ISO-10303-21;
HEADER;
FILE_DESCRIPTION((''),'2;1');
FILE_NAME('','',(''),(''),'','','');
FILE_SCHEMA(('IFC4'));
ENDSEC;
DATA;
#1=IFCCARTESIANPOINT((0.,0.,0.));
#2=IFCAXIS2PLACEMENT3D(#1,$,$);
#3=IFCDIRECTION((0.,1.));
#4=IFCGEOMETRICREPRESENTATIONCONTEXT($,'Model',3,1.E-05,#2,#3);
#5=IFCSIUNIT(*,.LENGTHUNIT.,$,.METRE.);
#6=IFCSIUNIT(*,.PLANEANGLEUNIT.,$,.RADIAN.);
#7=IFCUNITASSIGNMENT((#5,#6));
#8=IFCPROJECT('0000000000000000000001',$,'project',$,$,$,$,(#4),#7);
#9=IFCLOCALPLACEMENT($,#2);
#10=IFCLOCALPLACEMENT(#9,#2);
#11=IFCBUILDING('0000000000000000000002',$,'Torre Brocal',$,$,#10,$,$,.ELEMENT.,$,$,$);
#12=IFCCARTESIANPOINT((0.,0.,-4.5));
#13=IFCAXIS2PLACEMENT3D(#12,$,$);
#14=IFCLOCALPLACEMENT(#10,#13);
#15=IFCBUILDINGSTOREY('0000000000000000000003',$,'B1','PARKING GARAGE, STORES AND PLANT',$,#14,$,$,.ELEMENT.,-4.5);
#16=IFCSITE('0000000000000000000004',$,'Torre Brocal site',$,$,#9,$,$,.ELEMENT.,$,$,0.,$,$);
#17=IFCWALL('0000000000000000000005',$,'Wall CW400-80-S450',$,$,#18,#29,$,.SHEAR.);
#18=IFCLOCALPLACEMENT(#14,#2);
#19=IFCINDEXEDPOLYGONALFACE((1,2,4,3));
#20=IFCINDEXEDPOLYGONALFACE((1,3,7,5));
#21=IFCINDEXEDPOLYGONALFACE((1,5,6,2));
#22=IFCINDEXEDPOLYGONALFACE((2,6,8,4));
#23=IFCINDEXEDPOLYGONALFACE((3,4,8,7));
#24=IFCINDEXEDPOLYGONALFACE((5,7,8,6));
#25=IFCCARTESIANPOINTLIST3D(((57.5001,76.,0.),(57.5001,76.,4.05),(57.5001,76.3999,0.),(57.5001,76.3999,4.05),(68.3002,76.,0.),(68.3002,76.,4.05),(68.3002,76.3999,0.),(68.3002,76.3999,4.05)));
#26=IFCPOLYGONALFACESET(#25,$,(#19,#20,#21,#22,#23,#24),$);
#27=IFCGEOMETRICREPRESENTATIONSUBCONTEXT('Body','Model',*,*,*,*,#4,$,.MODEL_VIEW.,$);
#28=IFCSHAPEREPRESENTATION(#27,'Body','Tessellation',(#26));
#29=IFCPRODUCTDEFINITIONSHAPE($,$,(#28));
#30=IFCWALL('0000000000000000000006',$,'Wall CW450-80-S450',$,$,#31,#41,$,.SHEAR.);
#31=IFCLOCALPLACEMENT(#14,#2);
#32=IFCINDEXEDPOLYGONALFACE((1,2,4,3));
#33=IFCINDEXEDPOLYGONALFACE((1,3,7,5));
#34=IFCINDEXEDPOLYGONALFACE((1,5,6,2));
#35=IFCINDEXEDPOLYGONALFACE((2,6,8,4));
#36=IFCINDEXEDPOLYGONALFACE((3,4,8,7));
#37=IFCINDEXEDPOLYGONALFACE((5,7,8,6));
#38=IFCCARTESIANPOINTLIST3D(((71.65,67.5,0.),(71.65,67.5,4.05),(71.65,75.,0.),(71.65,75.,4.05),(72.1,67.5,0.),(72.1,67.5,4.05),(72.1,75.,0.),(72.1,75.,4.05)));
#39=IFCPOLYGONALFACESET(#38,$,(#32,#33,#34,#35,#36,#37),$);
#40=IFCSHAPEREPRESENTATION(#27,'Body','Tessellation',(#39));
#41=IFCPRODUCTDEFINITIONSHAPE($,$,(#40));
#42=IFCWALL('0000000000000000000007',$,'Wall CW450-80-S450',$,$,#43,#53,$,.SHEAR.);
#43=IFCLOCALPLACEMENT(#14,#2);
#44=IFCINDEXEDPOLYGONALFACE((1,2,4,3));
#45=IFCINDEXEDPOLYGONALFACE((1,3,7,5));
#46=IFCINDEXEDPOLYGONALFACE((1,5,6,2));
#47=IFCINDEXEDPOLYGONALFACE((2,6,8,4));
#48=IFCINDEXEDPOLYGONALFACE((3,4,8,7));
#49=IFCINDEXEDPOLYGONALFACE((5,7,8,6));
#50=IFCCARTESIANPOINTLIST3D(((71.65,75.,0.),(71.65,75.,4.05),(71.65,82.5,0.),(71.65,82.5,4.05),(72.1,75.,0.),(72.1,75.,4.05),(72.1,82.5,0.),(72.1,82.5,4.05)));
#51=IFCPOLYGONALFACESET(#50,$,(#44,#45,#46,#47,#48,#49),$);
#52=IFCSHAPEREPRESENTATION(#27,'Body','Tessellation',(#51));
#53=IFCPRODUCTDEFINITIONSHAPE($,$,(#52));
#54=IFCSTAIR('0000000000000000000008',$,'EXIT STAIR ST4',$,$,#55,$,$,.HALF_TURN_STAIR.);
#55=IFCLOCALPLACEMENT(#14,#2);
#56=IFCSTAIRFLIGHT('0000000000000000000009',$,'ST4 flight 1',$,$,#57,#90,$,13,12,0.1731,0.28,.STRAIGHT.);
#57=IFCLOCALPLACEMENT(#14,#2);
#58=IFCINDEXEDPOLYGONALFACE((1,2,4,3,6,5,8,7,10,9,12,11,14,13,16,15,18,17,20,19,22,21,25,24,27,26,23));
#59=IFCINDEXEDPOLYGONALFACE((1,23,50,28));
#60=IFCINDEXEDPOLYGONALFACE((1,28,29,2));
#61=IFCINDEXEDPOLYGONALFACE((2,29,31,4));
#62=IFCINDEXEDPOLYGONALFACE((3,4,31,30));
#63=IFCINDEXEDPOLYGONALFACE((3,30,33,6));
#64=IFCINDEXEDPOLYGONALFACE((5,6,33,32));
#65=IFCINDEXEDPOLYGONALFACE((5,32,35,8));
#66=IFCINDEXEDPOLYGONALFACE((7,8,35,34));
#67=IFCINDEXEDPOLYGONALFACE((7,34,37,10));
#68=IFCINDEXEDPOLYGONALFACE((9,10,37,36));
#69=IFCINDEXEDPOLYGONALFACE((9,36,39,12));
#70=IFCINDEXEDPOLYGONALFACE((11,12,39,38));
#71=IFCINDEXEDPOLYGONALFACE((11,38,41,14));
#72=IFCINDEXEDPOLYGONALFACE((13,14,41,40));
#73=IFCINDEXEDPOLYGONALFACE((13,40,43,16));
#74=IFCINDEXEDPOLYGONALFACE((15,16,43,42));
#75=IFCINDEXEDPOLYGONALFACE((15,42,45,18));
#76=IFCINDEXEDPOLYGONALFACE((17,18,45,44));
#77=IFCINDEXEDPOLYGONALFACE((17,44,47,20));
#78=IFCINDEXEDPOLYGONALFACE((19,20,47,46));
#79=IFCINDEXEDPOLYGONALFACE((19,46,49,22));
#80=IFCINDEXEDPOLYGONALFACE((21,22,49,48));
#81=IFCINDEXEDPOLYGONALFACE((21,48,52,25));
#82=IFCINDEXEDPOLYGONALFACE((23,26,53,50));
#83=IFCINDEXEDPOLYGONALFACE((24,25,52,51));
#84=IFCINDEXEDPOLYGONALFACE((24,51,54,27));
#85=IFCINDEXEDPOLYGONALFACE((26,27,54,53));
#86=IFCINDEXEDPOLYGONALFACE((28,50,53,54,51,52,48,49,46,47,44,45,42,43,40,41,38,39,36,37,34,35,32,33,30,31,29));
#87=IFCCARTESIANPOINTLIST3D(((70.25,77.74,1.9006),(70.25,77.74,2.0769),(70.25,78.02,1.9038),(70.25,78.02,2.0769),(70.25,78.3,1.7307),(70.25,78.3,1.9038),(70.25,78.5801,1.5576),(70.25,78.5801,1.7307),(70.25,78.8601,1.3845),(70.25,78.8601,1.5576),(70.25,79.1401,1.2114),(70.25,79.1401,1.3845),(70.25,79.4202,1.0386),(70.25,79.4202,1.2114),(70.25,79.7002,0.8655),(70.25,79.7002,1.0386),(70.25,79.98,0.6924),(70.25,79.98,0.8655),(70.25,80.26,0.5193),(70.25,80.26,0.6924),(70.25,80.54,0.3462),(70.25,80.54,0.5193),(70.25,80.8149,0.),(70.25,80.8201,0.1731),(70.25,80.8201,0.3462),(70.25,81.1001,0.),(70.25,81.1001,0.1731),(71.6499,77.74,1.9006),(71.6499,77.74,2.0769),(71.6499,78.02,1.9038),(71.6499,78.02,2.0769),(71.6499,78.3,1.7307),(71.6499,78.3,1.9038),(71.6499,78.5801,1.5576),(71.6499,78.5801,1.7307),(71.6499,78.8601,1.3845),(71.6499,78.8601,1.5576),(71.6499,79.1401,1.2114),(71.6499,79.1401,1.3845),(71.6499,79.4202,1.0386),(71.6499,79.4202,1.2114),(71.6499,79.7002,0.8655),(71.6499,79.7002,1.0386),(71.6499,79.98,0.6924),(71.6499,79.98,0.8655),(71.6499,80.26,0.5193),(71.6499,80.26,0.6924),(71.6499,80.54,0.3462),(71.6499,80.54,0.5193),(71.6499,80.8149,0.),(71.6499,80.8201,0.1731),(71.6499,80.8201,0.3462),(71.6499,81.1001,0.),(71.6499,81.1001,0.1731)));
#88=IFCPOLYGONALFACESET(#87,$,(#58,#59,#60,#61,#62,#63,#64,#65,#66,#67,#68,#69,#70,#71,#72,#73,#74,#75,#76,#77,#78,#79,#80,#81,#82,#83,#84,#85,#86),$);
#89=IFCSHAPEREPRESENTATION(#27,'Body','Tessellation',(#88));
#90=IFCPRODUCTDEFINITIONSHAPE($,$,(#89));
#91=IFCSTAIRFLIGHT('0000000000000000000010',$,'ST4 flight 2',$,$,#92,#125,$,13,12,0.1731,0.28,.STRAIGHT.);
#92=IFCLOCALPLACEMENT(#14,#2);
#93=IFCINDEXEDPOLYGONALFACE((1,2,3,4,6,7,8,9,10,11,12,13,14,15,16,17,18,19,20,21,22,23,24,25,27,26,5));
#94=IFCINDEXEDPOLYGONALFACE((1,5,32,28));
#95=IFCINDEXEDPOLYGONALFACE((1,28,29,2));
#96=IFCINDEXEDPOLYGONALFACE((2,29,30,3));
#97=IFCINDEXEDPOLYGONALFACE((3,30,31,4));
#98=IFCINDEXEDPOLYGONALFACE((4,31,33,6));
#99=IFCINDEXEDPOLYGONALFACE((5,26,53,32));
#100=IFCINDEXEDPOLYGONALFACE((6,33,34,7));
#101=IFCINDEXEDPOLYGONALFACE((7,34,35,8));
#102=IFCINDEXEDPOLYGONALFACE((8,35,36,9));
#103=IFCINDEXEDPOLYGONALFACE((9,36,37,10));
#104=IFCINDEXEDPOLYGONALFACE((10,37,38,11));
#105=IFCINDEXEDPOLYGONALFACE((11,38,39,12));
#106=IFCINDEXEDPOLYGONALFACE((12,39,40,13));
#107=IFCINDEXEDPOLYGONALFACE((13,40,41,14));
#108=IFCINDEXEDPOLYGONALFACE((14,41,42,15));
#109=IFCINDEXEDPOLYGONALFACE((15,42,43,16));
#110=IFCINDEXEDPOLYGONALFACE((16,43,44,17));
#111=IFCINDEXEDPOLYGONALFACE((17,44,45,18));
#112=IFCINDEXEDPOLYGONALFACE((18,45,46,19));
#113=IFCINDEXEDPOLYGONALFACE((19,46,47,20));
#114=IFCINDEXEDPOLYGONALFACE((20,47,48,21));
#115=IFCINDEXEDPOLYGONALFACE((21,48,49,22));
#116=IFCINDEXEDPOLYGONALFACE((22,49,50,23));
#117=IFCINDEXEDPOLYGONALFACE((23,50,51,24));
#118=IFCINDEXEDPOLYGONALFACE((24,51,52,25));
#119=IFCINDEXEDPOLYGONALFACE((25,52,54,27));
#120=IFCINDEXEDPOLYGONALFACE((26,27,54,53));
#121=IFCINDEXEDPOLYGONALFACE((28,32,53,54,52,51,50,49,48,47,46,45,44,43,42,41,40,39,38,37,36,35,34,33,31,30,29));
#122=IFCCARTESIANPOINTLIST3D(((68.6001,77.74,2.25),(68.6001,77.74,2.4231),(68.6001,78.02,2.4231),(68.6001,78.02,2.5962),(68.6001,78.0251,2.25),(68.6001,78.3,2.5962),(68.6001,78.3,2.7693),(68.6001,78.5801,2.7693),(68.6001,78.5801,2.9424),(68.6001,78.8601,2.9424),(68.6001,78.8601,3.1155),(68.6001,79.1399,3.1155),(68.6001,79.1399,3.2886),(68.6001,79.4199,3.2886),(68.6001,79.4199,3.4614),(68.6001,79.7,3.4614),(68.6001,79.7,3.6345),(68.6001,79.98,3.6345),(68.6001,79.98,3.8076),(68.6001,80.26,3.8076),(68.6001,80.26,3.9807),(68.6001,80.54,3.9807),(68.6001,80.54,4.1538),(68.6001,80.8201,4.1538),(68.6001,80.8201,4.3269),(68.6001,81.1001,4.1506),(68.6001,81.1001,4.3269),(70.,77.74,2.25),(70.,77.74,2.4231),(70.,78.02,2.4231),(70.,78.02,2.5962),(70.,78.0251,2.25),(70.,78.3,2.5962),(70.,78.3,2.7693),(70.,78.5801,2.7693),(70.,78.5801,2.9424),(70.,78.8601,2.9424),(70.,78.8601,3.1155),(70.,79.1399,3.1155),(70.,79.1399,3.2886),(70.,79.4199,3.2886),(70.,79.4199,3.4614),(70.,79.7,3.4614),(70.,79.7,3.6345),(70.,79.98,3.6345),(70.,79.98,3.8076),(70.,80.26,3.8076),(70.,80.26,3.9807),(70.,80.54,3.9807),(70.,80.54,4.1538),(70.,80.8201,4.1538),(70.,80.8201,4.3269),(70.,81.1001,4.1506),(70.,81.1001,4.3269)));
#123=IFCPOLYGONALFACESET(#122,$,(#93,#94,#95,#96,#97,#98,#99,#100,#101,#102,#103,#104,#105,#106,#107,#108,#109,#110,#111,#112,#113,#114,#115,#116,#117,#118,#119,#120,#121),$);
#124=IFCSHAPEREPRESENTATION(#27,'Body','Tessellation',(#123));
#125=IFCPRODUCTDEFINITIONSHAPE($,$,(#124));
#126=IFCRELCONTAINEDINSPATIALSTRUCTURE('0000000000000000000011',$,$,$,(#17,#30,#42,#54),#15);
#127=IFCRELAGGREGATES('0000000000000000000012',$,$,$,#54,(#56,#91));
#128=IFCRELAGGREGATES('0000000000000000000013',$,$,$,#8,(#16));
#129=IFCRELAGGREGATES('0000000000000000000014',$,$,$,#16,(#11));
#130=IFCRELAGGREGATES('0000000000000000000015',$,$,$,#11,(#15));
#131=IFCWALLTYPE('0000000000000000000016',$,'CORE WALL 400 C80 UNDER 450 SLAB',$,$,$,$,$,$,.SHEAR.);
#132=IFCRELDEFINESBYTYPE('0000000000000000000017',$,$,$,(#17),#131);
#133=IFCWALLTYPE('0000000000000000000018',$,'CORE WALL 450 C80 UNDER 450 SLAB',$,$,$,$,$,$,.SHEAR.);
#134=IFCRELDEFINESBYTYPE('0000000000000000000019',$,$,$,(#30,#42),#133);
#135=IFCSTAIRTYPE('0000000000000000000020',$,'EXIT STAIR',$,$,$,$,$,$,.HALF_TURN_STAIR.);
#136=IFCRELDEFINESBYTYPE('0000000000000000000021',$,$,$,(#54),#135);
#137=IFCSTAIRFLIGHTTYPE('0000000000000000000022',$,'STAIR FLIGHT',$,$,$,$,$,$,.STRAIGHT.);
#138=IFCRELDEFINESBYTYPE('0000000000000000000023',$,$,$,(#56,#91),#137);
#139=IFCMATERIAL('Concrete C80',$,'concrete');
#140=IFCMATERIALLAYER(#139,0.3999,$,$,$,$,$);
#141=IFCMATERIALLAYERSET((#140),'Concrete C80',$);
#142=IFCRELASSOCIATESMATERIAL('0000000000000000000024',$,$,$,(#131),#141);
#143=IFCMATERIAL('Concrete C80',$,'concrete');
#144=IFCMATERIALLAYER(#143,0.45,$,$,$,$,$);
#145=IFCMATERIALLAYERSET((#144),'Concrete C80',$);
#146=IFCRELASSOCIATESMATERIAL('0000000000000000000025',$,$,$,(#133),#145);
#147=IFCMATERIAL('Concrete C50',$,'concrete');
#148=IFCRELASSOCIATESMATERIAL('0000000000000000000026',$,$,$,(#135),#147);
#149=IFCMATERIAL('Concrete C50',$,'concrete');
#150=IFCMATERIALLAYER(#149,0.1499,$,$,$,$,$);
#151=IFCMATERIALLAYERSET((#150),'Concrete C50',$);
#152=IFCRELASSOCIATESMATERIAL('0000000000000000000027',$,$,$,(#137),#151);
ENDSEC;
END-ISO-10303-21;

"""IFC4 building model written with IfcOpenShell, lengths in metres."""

from ifc_helpers import new_model, si_unit, direction, frame, frame_2d, origin, place, context, subcontext, project, spatial, polyline, rectangle, outline, extrude, material, layer, layer_set, type_object, element, aggregate, save


model = new_model("IFC4")

# Units and contexts
model_context = context("Model", 3, precision=1e-05, world=origin(), true_north=direction((0.0, 1.0)))
body_context = subcontext(model_context, "Body", "Model", "MODEL_VIEW")
ifc_project = project(units=[si_unit("LENGTHUNIT", "METRE"), si_unit("PLANEANGLEUNIT", "RADIAN")], contexts=[model_context])

# Site, building, storey
site_placement = place(None, origin())
site = spatial("IfcSite", under=ifc_project, at=site_placement, Name="Torre Brocal site", CompositionType="ELEMENT", RefElevation=0.0)
building_placement = place(site_placement, origin())
building = spatial("IfcBuilding", under=site, at=building_placement, Name="Torre Brocal", CompositionType="ELEMENT")
storey_placement = place(building_placement, frame((0.0, 0.0, -4.5)))
storey = spatial("IfcBuildingStorey", under=building, at=storey_placement, Name="B1", Description="PARKING GARAGE, STORES AND PLANT", CompositionType="ELEMENT", Elevation=-4.5)

# Walls
ifc_material_1 = material(Name="Concrete C80", Category="concrete")
ifc_layer_1 = layer(ifc_material_1, 0.3999)
ifc_layer_set_1 = layer_set([ifc_layer_1], Name="Concrete C80")
wall_type_1 = type_object("IfcWallType", Name="CORE WALL 400 C80 UNDER 450 SLAB", PredefinedType="SHEAR", material=ifc_layer_set_1)
wall_1_placement = place(storey_placement, frame((68.3, 76.2, 0.0), z_axis=(0.0, 0.0, 1.0), x_axis=(-1.0, 0.0, 0.0)))
element("IfcWall", 1, at=wall_1_placement, inside=storey, type_object=wall_type_1, Name="Wall CW400-80-S450", PredefinedType="SHEAR", context=body_context, shape_type="SweptSolid", body=[
    extrude(rectangle(XDim=10.8, YDim=0.3999, at=frame_2d((5.3999, 0.0))), origin(), (0.0, 0.0, 1.0), 4.05),
])
ifc_material_2 = material(Name="Concrete C80", Category="concrete")
ifc_layer_2 = layer(ifc_material_2, 0.45)
ifc_layer_set_2 = layer_set([ifc_layer_2], Name="Concrete C80")
wall_type_2 = type_object("IfcWallType", Name="CORE WALL 450 C80 UNDER 450 SLAB", PredefinedType="SHEAR", material=ifc_layer_set_2)
for number, where, z_axis, x_axis, name in (
    (2, (71.875, 75.0, 0.0), (0.0, 0.0, 1.0), (0.0, -1.0, 0.0), "Wall CW450-80-S450"),
    (3, (71.875, 82.5, 0.0), (0.0, 0.0, 1.0), (0.0, -1.0, 0.0), "Wall CW450-80-S450"),
):
    element("IfcWall", number, at=place(storey_placement, frame(where, z_axis=z_axis, x_axis=x_axis)), inside=storey, type_object=wall_type_2, Name=name, PredefinedType="SHEAR", context=body_context, shape_type="SweptSolid", body=[
        extrude(rectangle(XDim=7.5, YDim=0.45, at=frame_2d((3.75, 0.0))), origin(), (0.0, 0.0, 1.0), 4.05),
    ])

# Stair, stair flights
ifc_material_3 = material(Name="Concrete C50", Category="concrete")
stair_type = type_object("IfcStairType", Name="EXIT STAIR", PredefinedType="HALF_TURN_STAIR", material=ifc_material_3)
stair_placement = place(storey_placement, origin())
stair = element("IfcStair", 4, at=stair_placement, inside=storey, type_object=stair_type, Name="EXIT STAIR ST4", PredefinedType="HALF_TURN_STAIR")
ifc_material_4 = material(Name="Concrete C50", Category="concrete")
ifc_layer_3 = layer(ifc_material_4, 0.1499)
ifc_layer_set_3 = layer_set([ifc_layer_3], Name="Concrete C50")
stair_flight_type = type_object("IfcStairFlightType", Name="STAIR FLIGHT", PredefinedType="STRAIGHT", material=ifc_layer_set_3)
stair_flight_1_placement = place(storey_placement, frame((70.95, 81.1001, 0.0), z_axis=(0.0, 0.0, 1.0), x_axis=(0.0, -1.0, 0.0)))
stair_flight_1 = element("IfcStairFlight", 5, at=stair_flight_1_placement, type_object=stair_flight_type, Name="ST4 flight 1", NumberOfRisers=13, NumberOfTreads=12, PredefinedType="STRAIGHT", RiserHeight=0.1731, TreadLength=0.28, context=body_context, shape_type="SweptSolid", body=[
    extrude(outline(polyline([(0.0, 0.0), (0.0, 0.1731), (0.28, 0.1731), (0.28, 0.3462), (0.5601, 0.3462), (0.5601, 0.5193), (0.8401, 0.5193), (0.8401, 0.6924), (1.1201, 0.6924), (1.1201, 0.8655), (1.3999, 0.8655), (1.3999, 1.0386), (1.6799, 1.0386), (1.6799, 1.2114), (1.96, 1.2114), (1.96, 1.3845), (2.24, 1.3845), (2.24, 1.5576), (2.52, 1.5576), (2.52, 1.7307), (2.8, 1.7307), (2.8, 1.9038), (3.0801, 1.9038), (3.0801, 2.0769), (3.3601, 2.0769), (3.3601, 2.25), (3.3601, 1.9006), (0.2852, 0.0), (0.0, 0.0)])), frame((0.0, 0.7, 0.0), z_axis=(0.0, -1.0, 0.0), x_axis=(1.0, 0.0, 0.0)), (0.0, 0.0, 1.0), 1.3999),
])
stair_flight_2_placement = place(storey_placement, frame((69.3, 77.74, 2.25), z_axis=(0.0, 0.0, 1.0), x_axis=(0.0, 1.0, 0.0)))
stair_flight_2 = element("IfcStairFlight", 6, at=stair_flight_2_placement, type_object=stair_flight_type, Name="ST4 flight 2", NumberOfRisers=13, NumberOfTreads=12, PredefinedType="STRAIGHT", RiserHeight=0.1731, TreadLength=0.28, context=body_context, shape_type="SweptSolid", body=[
    extrude(outline(polyline([(0.0, 0.0), (0.0, 0.1731), (0.28, 0.1731), (0.28, 0.3462), (0.5601, 0.3462), (0.5601, 0.5193), (0.8401, 0.5193), (0.8401, 0.6924), (1.1201, 0.6924), (1.1201, 0.8655), (1.3999, 0.8655), (1.3999, 1.0386), (1.6799, 1.0386), (1.6799, 1.2114), (1.96, 1.2114), (1.96, 1.3845), (2.24, 1.3845), (2.24, 1.5576), (2.52, 1.5576), (2.52, 1.7307), (2.8, 1.7307), (2.8, 1.9038), (3.0801, 1.9038), (3.0801, 2.0769), (3.3601, 2.0769), (3.3601, 2.25), (3.3601, 1.9006), (0.2852, 0.0), (0.0, 0.0)])), frame((0.0, 0.7, 0.0), z_axis=(0.0, -1.0, 0.0), x_axis=(1.0, 0.0, 0.0)), (0.0, 0.0, 1.0), 1.3999),
])
aggregate(stair, [stair_flight_1, stair_flight_2])

save(model, "model.ifc")
